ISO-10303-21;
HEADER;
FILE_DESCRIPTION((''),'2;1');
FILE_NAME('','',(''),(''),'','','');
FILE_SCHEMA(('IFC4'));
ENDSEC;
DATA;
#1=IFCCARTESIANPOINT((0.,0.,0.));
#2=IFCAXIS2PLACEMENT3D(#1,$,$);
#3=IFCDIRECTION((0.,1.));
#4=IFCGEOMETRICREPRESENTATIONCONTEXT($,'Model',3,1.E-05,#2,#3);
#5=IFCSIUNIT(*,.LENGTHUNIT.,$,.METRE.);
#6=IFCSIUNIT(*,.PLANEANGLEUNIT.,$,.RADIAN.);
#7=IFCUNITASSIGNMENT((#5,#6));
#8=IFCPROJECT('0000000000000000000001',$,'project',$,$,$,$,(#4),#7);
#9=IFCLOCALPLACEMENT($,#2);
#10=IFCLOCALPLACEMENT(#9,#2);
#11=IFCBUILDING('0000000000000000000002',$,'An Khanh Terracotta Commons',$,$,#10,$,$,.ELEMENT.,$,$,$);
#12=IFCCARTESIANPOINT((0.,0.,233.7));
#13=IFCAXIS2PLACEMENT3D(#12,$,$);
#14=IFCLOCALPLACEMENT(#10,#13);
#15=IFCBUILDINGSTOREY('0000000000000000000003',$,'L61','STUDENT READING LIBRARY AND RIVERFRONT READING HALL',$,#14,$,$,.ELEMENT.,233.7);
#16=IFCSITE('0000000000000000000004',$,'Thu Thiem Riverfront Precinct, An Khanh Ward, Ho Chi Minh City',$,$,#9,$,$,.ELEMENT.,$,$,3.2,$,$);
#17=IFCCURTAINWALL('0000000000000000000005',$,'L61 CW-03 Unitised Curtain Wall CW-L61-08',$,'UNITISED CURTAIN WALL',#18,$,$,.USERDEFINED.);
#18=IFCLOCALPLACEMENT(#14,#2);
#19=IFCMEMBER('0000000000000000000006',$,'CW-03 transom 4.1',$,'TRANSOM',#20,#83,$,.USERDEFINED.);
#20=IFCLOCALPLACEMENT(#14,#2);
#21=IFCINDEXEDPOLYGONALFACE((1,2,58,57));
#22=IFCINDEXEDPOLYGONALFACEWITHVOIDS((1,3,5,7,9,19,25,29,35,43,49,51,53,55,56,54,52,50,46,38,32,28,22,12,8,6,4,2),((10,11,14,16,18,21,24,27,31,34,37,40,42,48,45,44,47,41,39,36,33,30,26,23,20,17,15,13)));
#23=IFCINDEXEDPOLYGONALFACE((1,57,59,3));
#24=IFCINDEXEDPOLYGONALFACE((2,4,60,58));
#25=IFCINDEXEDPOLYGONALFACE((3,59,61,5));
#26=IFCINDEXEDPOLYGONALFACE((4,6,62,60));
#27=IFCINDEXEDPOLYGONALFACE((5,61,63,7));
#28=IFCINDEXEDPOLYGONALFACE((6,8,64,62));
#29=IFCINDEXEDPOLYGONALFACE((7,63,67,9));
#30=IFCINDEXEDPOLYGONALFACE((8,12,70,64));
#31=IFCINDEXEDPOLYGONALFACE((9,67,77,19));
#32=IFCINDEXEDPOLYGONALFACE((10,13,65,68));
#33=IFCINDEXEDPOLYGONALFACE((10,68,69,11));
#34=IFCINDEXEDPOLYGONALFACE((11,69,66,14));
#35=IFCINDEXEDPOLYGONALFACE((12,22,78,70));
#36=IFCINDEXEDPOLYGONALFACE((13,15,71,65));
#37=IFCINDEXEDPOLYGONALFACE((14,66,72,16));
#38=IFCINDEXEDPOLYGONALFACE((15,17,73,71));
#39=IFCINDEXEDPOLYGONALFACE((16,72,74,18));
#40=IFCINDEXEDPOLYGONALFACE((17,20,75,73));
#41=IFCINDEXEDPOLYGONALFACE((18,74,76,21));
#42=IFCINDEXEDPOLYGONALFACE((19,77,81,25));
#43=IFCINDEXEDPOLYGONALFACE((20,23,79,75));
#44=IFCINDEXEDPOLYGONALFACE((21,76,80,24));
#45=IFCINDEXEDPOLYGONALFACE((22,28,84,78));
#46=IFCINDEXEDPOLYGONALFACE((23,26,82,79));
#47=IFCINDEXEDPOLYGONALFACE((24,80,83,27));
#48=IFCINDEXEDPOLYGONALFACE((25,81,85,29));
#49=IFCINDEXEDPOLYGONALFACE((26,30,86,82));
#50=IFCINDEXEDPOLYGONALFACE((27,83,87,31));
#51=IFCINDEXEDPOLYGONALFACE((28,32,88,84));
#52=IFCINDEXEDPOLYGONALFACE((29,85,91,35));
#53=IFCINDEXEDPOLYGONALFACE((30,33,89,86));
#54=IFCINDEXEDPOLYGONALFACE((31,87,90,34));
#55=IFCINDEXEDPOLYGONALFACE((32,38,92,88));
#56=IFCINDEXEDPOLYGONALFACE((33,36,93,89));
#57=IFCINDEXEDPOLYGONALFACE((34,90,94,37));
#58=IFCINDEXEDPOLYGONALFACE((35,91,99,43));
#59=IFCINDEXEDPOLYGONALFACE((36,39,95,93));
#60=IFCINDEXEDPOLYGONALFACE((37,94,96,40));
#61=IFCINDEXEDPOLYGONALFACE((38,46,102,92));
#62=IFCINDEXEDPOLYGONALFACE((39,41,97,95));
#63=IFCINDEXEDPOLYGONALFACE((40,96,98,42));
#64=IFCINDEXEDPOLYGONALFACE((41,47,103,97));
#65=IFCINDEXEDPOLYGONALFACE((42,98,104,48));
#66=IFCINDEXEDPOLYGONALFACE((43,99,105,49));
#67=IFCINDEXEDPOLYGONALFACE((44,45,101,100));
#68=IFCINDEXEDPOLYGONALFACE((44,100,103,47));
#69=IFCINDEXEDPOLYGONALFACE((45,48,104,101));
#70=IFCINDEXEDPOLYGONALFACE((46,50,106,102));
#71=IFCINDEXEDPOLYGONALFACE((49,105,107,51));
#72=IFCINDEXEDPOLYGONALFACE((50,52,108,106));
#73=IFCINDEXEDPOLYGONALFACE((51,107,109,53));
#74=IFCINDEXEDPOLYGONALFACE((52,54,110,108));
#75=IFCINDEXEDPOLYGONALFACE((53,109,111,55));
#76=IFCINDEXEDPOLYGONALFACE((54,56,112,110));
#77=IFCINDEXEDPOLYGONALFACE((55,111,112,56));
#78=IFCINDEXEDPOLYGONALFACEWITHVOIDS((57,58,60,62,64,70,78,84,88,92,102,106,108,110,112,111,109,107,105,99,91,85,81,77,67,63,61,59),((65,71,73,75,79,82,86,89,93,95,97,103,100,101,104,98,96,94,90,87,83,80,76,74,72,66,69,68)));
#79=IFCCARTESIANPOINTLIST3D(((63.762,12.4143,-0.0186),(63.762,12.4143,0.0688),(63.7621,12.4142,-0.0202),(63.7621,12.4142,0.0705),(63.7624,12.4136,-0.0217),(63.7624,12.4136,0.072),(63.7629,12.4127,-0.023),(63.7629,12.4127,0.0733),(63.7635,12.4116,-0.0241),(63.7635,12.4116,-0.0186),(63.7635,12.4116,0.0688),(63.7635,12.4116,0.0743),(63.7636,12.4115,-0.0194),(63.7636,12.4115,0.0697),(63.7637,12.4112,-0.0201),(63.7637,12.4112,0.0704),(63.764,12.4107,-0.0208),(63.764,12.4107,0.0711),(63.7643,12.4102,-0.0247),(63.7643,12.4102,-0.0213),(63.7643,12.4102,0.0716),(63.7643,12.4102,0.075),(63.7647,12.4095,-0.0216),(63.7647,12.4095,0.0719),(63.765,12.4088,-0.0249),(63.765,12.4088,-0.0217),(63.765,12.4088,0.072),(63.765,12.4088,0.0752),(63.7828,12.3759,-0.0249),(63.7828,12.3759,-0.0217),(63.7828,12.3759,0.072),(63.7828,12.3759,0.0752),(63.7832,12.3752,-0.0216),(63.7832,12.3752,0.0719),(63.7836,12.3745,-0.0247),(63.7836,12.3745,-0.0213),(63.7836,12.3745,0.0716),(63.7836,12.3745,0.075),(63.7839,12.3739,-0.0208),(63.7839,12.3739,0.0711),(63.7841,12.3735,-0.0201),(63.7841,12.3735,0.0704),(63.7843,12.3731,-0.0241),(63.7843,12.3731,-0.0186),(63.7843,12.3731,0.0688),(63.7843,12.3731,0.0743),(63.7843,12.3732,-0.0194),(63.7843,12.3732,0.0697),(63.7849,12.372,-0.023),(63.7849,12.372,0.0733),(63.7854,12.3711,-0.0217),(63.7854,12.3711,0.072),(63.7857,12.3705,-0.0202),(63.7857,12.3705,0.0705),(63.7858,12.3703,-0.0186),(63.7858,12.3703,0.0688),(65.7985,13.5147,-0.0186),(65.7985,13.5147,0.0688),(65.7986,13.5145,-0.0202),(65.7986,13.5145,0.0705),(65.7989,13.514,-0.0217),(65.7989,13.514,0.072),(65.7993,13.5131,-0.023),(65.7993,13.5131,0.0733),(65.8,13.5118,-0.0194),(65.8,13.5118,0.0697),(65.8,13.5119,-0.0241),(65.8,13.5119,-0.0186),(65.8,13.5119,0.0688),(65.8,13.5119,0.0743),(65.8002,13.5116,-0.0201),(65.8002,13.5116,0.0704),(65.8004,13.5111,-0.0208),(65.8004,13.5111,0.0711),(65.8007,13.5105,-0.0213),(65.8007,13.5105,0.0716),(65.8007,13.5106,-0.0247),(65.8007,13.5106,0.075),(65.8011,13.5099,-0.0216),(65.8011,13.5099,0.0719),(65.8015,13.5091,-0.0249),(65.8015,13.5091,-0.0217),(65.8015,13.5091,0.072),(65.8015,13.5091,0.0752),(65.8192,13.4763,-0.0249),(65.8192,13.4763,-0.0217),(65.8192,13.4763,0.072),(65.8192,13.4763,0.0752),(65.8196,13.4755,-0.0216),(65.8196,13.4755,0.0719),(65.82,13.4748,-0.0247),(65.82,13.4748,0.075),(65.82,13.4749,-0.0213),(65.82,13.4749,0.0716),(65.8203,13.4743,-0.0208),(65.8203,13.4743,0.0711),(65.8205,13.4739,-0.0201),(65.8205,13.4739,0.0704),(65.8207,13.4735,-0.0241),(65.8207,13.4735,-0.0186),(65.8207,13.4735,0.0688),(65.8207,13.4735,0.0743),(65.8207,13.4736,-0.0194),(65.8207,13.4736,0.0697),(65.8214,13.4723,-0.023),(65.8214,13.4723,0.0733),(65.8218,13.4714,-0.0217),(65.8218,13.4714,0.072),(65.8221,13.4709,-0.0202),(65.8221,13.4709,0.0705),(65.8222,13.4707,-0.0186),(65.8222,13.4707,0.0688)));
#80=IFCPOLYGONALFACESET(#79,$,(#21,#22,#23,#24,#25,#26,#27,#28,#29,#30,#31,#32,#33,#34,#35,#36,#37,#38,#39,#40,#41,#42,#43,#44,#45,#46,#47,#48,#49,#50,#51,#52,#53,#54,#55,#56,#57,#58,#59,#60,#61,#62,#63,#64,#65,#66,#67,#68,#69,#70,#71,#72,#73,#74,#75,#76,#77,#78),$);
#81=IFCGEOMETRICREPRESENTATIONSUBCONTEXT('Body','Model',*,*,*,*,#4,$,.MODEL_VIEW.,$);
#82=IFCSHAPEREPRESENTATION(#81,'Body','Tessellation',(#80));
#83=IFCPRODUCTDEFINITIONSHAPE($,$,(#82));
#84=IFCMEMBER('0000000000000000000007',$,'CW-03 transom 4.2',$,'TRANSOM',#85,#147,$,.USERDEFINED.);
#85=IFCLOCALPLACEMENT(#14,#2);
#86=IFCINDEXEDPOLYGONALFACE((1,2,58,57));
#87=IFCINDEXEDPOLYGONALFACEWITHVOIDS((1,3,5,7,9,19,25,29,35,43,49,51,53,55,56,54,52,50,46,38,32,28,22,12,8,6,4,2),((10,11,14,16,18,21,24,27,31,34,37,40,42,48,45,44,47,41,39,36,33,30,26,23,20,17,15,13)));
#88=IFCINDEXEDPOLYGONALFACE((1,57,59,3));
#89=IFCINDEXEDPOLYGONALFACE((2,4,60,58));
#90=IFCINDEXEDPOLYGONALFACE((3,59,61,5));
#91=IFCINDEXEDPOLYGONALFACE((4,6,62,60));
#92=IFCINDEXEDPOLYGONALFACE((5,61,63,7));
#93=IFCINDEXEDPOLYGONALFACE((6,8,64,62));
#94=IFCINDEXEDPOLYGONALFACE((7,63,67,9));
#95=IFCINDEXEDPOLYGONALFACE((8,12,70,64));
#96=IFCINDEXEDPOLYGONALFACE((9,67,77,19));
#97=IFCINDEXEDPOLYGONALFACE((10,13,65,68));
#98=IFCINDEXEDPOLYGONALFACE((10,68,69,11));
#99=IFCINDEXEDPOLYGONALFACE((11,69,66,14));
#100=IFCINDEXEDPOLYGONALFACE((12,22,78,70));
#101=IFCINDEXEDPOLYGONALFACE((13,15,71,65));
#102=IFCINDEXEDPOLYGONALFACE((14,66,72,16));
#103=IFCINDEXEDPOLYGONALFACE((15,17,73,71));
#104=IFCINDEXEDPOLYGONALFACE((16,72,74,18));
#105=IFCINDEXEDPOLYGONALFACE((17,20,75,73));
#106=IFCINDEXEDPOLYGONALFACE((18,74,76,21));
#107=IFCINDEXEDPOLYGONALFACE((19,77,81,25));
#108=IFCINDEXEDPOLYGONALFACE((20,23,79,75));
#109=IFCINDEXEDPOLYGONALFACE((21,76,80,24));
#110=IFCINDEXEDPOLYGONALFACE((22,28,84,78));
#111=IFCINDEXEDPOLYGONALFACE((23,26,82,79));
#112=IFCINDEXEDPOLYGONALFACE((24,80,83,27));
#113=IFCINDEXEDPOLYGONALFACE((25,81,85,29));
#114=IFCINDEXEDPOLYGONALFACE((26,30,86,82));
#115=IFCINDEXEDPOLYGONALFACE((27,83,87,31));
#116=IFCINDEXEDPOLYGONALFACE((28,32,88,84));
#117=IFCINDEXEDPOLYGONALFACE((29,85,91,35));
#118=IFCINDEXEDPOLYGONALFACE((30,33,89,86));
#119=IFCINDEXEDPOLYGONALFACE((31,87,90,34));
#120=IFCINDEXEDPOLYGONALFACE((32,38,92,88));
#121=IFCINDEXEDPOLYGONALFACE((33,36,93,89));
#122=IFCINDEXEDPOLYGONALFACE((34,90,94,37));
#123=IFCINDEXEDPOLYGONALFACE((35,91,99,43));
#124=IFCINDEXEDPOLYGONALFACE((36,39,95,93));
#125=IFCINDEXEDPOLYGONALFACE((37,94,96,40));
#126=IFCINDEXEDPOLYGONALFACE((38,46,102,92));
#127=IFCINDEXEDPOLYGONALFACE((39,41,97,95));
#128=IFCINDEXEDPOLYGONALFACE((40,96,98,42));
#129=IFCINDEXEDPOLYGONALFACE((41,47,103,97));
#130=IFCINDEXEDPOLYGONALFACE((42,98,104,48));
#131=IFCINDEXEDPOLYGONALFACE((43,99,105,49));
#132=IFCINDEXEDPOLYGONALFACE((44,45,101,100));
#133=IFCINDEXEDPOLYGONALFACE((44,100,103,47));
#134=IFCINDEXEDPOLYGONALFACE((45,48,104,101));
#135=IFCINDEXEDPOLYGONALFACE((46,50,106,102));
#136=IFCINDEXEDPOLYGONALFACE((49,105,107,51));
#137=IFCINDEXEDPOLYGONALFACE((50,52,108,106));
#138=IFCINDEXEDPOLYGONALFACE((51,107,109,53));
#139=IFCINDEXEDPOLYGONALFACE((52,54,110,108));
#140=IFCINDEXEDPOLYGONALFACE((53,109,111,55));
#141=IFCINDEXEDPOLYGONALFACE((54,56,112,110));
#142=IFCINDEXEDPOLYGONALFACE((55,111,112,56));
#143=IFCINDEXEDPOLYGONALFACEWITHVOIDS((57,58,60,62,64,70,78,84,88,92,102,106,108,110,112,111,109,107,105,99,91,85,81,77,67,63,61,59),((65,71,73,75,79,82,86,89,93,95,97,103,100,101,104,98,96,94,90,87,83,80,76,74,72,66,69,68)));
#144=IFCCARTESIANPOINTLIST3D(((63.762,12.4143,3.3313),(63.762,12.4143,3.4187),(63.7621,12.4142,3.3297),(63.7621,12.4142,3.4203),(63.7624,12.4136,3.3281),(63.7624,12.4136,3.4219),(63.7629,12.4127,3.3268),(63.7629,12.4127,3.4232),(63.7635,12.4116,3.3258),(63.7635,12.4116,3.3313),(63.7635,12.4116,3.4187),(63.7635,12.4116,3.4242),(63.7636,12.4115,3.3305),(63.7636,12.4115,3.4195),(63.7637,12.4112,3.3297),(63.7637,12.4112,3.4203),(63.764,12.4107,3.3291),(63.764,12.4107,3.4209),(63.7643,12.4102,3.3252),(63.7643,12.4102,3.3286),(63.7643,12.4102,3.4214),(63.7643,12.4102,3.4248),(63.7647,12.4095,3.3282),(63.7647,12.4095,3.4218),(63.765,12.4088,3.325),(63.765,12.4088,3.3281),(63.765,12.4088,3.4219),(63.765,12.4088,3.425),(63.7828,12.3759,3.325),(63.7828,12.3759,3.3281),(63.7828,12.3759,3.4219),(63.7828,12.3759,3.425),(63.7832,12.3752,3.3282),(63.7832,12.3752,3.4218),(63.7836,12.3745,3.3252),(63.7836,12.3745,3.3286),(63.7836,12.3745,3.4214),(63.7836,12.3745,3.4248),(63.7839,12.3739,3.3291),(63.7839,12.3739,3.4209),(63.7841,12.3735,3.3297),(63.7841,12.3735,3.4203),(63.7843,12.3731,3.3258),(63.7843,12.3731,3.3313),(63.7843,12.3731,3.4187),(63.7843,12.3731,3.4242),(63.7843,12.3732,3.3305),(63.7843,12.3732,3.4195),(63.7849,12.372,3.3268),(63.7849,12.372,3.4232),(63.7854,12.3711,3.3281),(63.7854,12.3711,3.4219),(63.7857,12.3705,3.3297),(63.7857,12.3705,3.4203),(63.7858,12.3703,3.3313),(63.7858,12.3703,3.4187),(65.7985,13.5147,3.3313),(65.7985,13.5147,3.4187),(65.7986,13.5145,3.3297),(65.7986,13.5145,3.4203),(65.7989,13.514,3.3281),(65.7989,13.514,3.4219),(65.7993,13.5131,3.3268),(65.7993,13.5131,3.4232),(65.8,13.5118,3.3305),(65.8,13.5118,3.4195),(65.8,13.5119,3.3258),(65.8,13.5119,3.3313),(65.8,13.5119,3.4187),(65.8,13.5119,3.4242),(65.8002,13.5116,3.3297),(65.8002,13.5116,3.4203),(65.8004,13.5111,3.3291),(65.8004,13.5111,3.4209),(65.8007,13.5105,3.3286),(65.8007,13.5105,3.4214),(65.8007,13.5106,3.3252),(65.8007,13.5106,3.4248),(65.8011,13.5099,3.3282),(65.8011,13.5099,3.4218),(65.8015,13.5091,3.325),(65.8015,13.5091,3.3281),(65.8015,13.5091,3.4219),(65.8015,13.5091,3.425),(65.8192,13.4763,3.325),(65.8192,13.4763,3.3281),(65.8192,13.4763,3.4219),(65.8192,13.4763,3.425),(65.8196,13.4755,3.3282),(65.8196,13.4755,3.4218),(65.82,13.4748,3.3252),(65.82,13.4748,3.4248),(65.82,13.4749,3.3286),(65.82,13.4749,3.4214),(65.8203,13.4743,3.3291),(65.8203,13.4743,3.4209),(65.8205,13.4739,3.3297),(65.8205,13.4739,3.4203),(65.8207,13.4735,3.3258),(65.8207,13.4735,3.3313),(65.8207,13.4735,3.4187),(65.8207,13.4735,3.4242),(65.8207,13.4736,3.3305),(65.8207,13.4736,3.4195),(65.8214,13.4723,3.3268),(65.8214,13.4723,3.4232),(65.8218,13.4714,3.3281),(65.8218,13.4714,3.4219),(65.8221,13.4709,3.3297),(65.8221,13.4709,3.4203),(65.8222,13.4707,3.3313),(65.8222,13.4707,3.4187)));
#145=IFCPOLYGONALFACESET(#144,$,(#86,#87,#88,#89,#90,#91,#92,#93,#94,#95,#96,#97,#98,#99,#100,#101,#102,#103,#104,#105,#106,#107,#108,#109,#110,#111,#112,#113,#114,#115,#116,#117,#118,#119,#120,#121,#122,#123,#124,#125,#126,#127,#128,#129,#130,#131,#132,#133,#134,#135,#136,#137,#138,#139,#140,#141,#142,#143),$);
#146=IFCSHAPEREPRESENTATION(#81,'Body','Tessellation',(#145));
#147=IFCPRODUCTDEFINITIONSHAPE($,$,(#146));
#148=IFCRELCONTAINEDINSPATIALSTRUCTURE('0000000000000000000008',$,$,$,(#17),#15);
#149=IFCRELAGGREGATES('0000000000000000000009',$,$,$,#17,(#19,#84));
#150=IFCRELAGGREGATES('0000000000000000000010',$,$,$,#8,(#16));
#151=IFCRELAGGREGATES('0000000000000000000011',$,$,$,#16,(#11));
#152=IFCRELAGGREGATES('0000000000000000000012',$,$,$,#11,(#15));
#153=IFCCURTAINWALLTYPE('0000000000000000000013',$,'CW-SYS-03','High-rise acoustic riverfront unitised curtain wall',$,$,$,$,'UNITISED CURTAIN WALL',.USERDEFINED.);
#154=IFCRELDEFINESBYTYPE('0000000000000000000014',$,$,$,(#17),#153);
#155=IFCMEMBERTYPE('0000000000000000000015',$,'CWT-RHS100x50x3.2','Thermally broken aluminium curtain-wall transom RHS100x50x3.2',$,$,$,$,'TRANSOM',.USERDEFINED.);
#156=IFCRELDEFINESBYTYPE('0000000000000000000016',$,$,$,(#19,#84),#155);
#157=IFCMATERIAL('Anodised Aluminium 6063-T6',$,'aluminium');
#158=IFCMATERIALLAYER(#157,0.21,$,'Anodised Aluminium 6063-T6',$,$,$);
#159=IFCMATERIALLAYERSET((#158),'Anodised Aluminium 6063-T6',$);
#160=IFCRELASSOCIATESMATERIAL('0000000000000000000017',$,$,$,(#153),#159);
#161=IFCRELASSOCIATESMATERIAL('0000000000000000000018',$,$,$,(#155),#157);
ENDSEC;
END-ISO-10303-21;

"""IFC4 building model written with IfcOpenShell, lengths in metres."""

from ifc_helpers import new_model, si_unit, direction, frame, origin, origin_2d, place, context, subcontext, project, spatial, hollow_rectangle, extrude, material, layer, layer_set, material_profile, profile_set, type_object, element, aggregate, save


model = new_model("IFC4")

# Units and contexts
model_context = context("Model", 3, precision=1e-05, world=origin(), true_north=direction((0.0, 1.0)))
body_context = subcontext(model_context, "Body", "Model", "MODEL_VIEW")
ifc_project = project(units=[si_unit("LENGTHUNIT", "METRE"), si_unit("PLANEANGLEUNIT", "RADIAN")], contexts=[model_context])

# Site, building, storey
site_placement = place(None, origin())
site = spatial("IfcSite", under=ifc_project, at=site_placement, Name="Thu Thiem Riverfront Precinct, An Khanh Ward, Ho Chi Minh City", CompositionType="ELEMENT", RefElevation=3.2)
building_placement = place(site_placement, origin())
building = spatial("IfcBuilding", under=site, at=building_placement, Name="An Khanh Terracotta Commons", CompositionType="ELEMENT")
storey_placement = place(building_placement, frame((0.0, 0.0, 233.7)))
storey = spatial("IfcBuildingStorey", under=building, at=storey_placement, Name="L61", Description="STUDENT READING LIBRARY AND RIVERFRONT READING HALL", CompositionType="ELEMENT", Elevation=233.7)

# Curtain wall
ifc_material_1 = material(Name="Anodised Aluminium 6063-T6", Category="aluminium")
ifc_layer_1 = layer(ifc_material_1, 0.21, Name="Anodised Aluminium 6063-T6")
ifc_layer_set_1 = layer_set([ifc_layer_1], Name="Anodised Aluminium 6063-T6")
curtain_wall_type = type_object("IfcCurtainWallType", Name="CW-SYS-03", Description="High-rise acoustic riverfront unitised curtain wall", ElementType="UNITISED CURTAIN WALL", PredefinedType="USERDEFINED", material=ifc_layer_set_1)
curtain_wall_1_placement = place(storey_placement, origin())
curtain_wall_1 = element("IfcCurtainWall", 1, at=curtain_wall_1_placement, inside=storey, type_object=curtain_wall_type, Name="L61 CW-03 Unitised Curtain Wall CW-L61-08", ObjectType="UNITISED CURTAIN WALL", PredefinedType="USERDEFINED")

# Members
ifc_material_profile_1 = material_profile(ifc_material_1, hollow_rectangle(XDim=0.05, YDim=0.1001, WallThickness=0.0032, InnerFilletRadius=0.0032, OuterFilletRadius=0.0063, at=origin_2d()), Name="RHS100x50x3.2")
ifc_profile_set_1 = profile_set([ifc_material_profile_1], Name="Anodised Aluminium 6063-T6")
member_type_1 = type_object("IfcMemberType", Name="CWT-RHS100x50x3.2", Description="Thermally broken aluminium curtain-wall transom RHS100x50x3.2", ElementType="TRANSOM", PredefinedType="USERDEFINED", material=ifc_profile_set_1)
member_1_placement = place(storey_placement, frame((63.7739, 12.3923, 0.0251), z_axis=(0.879779, 0.475382, 0.0), x_axis=(-0.475382, 0.879779, 0.0)))
member_1 = element("IfcMember", 2, at=member_1_placement, type_object=member_type_1, Name="CW-03 transom 4.1", ObjectType="TRANSOM", PredefinedType="USERDEFINED", context=body_context, shape_type="SweptSolid", body=[
    extrude(hollow_rectangle(XDim=0.05, YDim=0.1001, WallThickness=0.0032, InnerFilletRadius=0.0032, OuterFilletRadius=0.0063, at=origin_2d()), origin(), (0.0, 0.0, 1.0), 2.3147),
])
member_2_placement = place(storey_placement, frame((63.7739, 12.3923, 3.375), z_axis=(0.879779, 0.475382, 0.0), x_axis=(-0.475382, 0.879779, 0.0)))
member_2 = element("IfcMember", 3, at=member_2_placement, type_object=member_type_1, Name="CW-03 transom 4.2", ObjectType="TRANSOM", PredefinedType="USERDEFINED", context=body_context, shape_type="SweptSolid", body=[
    extrude(hollow_rectangle(XDim=0.05, YDim=0.1001, WallThickness=0.0032, InnerFilletRadius=0.0032, OuterFilletRadius=0.0063, at=origin_2d()), origin(), (0.0, 0.0, 1.0), 2.3147),
])

aggregate(curtain_wall_1, [member_1, member_2])

save(model, "model.ifc")
